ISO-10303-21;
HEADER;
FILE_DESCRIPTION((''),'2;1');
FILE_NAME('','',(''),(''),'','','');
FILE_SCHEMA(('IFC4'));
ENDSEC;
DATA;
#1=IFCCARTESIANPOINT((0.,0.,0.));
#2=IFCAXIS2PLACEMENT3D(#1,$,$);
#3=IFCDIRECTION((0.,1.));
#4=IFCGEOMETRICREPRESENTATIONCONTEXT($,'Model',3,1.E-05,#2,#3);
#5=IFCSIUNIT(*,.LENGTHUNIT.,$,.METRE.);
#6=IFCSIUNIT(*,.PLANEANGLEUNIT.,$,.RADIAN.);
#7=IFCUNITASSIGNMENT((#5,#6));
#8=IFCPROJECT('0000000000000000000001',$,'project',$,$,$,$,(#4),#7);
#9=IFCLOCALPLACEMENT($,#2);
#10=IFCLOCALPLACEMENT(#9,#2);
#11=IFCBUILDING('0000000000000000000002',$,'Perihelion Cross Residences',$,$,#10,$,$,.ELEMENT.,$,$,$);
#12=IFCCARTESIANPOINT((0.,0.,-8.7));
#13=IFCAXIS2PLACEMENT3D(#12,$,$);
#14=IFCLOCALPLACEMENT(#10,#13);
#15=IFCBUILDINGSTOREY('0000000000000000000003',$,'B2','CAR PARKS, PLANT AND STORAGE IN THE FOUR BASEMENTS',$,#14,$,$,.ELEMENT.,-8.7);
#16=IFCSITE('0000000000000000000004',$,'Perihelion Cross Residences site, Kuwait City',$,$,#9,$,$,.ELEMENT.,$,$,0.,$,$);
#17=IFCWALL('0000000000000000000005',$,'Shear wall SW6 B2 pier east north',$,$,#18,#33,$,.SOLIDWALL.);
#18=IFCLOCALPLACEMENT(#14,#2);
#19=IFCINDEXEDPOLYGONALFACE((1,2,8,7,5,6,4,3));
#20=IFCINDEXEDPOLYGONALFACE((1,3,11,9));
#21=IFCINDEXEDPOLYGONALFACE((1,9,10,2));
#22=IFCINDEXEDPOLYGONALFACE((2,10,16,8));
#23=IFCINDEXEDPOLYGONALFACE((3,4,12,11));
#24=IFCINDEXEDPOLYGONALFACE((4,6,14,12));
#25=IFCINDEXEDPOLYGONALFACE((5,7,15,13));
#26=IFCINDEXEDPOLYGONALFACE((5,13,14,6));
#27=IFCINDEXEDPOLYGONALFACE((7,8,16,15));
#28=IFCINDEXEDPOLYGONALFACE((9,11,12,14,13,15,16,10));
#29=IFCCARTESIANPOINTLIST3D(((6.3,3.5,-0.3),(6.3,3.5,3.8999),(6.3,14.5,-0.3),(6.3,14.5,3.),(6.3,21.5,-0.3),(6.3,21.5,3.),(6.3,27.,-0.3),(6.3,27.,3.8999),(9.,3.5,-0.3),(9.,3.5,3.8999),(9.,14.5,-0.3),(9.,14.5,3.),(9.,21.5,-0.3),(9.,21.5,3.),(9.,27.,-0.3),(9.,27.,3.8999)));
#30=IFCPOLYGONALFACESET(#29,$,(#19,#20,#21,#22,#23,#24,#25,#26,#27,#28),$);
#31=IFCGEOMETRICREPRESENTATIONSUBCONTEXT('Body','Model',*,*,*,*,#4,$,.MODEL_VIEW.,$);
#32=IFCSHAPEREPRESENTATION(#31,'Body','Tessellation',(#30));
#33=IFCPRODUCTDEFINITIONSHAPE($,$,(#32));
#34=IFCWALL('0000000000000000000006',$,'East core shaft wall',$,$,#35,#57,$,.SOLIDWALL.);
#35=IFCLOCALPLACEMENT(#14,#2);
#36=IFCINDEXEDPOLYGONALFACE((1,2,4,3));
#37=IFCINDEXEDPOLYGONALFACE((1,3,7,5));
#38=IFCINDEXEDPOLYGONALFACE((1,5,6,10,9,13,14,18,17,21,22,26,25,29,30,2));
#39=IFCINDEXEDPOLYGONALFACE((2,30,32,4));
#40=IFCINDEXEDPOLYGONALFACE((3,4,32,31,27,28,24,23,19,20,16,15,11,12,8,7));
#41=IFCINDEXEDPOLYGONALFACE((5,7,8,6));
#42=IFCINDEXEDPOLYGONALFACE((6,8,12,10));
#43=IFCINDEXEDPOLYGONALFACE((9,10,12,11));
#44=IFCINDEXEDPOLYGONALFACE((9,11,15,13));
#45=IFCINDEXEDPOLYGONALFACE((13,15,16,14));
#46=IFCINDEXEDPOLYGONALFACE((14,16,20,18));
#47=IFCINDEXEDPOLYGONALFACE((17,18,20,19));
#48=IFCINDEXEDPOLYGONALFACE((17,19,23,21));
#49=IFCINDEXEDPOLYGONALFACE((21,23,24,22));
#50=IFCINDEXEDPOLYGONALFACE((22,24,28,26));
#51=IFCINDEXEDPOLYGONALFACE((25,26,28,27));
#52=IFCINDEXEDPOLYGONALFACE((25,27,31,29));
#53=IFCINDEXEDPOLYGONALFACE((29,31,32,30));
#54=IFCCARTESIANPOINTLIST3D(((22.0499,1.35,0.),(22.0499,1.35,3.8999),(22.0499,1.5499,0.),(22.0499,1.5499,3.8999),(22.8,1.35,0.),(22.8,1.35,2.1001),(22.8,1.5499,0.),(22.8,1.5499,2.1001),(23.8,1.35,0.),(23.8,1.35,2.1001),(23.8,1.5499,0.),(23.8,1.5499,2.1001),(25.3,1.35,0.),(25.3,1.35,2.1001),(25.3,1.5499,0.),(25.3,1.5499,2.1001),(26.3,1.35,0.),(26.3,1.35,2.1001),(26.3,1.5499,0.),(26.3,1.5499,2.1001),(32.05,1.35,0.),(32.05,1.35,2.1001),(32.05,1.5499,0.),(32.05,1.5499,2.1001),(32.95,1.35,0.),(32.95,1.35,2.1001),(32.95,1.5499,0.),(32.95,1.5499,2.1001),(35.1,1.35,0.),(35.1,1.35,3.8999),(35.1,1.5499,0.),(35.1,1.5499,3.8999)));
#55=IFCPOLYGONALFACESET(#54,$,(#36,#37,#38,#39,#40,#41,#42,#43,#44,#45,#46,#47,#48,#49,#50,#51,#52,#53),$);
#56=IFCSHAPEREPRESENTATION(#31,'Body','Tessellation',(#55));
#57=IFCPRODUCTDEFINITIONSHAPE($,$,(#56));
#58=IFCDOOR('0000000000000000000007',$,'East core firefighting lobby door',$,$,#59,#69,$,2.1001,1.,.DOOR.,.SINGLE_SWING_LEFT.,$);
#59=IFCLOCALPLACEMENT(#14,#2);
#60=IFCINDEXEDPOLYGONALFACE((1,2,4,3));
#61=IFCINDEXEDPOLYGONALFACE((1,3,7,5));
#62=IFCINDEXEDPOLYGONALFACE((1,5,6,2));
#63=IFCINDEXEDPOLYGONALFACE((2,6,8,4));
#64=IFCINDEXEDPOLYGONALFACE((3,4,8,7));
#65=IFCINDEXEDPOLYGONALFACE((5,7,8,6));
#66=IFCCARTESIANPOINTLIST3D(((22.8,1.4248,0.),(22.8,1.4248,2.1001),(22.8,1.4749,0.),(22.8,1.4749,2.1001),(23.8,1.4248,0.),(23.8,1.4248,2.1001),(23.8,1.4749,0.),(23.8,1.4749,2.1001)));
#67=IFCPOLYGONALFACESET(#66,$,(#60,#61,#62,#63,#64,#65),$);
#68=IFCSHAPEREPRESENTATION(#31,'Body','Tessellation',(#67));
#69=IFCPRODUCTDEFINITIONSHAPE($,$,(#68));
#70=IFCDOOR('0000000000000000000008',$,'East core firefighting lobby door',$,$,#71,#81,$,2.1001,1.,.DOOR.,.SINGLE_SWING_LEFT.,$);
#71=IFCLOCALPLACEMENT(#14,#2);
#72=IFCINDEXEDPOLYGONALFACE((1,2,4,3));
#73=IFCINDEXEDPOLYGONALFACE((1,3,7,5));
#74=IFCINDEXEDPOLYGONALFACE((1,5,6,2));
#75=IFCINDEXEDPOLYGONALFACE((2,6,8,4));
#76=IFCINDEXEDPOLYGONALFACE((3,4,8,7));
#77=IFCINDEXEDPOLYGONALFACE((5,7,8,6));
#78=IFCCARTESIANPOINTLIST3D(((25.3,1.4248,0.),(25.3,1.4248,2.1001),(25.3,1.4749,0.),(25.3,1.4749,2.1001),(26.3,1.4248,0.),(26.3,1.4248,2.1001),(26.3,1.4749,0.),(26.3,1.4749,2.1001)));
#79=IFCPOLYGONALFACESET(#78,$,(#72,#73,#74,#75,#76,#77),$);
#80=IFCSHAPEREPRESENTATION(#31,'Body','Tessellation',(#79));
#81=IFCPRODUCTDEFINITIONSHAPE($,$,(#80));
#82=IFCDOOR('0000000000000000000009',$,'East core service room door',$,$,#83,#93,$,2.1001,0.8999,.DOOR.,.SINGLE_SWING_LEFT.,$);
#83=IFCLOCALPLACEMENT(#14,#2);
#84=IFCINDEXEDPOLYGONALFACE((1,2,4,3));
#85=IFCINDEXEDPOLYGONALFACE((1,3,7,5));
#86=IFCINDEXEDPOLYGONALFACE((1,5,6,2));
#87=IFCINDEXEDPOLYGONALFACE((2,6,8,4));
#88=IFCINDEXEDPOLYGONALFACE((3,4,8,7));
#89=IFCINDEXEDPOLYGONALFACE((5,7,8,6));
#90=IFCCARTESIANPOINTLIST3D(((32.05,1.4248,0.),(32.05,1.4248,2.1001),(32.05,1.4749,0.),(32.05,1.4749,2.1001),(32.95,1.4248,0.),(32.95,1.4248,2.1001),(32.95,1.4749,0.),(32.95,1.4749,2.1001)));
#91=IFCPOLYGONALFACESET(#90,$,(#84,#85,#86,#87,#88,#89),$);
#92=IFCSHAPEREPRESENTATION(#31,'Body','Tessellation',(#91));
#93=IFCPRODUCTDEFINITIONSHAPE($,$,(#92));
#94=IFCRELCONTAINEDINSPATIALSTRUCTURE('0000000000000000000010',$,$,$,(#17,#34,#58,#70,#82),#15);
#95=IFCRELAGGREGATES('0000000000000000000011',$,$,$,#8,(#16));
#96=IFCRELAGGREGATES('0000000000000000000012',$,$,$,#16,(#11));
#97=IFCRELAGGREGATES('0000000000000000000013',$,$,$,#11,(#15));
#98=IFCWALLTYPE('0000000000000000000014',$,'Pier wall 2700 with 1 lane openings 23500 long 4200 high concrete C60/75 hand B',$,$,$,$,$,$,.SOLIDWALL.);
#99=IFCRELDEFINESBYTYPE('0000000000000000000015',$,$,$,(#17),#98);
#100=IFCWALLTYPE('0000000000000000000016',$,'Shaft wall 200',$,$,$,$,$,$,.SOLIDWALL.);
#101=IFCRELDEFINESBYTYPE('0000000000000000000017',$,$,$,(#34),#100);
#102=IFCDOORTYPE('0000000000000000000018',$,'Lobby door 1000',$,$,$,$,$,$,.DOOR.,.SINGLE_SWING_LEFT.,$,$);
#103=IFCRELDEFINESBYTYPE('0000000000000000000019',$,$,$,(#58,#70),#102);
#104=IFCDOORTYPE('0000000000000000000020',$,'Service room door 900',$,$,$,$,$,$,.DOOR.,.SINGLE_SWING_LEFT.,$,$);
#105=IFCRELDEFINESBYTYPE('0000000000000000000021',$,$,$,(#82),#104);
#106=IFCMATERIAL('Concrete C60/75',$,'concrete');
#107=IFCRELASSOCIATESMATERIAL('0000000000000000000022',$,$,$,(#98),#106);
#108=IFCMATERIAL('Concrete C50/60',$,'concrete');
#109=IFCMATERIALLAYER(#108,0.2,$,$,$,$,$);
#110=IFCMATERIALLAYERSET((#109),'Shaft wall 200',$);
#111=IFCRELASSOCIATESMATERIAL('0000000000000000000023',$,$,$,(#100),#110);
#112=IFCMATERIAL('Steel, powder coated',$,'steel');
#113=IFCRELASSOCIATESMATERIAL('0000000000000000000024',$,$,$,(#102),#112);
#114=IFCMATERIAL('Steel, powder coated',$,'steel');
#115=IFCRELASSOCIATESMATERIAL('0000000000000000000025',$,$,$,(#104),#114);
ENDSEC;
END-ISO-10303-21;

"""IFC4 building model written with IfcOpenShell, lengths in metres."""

from ifc_helpers import new_model, si_unit, direction, frame, frame_2d, origin, place, context, subcontext, project, spatial, polyline, rectangle, outline, extrude, material, layer, layer_set, material_profile, profile_set, type_object, element, fill, save


model = new_model("IFC4")

# Units and contexts
model_context = context("Model", 3, precision=1e-05, world=origin(), true_north=direction((0.0, 1.0)))
body_context = subcontext(model_context, "Body", "Model", "MODEL_VIEW")
ifc_project = project(units=[si_unit("LENGTHUNIT", "METRE"), si_unit("PLANEANGLEUNIT", "RADIAN")], contexts=[model_context])

# Site, building, storey
site_placement = place(None, origin())
site = spatial("IfcSite", under=ifc_project, at=site_placement, Name="Perihelion Cross Residences site, Kuwait City", CompositionType="ELEMENT", RefElevation=0.0)
building_placement = place(site_placement, origin())
building = spatial("IfcBuilding", under=site, at=building_placement, Name="Perihelion Cross Residences", CompositionType="ELEMENT")
storey_placement = place(building_placement, frame((0.0, 0.0, -8.7)))
storey = spatial("IfcBuildingStorey", under=building, at=storey_placement, Name="B2", Description="CAR PARKS, PLANT AND STORAGE IN THE FOUR BASEMENTS", CompositionType="ELEMENT", Elevation=-8.7)

# Wall
ifc_material_1 = material(Name="Concrete C60/75", Category="concrete")
ifc_material_profile_1 = material_profile(ifc_material_1, outline(polyline([(0.0, 0.0), (11.0, 0.0), (11.0, 3.3), (18.0, 3.3), (18.0, 0.0), (23.5, 0.0), (23.5, 4.2), (0.0, 4.2), (0.0, 0.0)])), Name="Pier wall")
ifc_profile_set_1 = profile_set([ifc_material_profile_1], Name="Concrete C60/75")
wall_type_1 = type_object("IfcWallType", Name="Pier wall 2700 with 1 lane openings 23500 long 4200 high concrete C60/75 hand B", PredefinedType="SOLIDWALL", material=ifc_profile_set_1)
wall_1_placement = place(storey_placement, frame((6.3, 3.5, -0.3), z_axis=(1.0, 0.0, 0.0), x_axis=(0.0, 1.0, 0.0)))
element("IfcWall", 1, at=wall_1_placement, inside=storey, type_object=wall_type_1, Name="Shear wall SW6 B2 pier east north", PredefinedType="SOLIDWALL", context=body_context, shape_type="SweptSolid", body=[
    extrude(outline(polyline([(0.0, 0.0), (11.0, 0.0), (11.0, 3.3), (18.0, 3.3), (18.0, 0.0), (23.5, 0.0), (23.5, 4.2), (0.0, 4.2), (0.0, 0.0)])), origin(), (0.0, 0.0, 1.0), 2.7),
])

# Wall, openings, doors
ifc_material_2 = material(Name="Concrete C50/60", Category="concrete")
ifc_layer_1 = layer(ifc_material_2, 0.2)
ifc_layer_set_1 = layer_set([ifc_layer_1], Name="Shaft wall 200")
wall_type_2 = type_object("IfcWallType", Name="Shaft wall 200", PredefinedType="SOLIDWALL", material=ifc_layer_set_1)
wall_2_placement = place(storey_placement, frame((22.05, 1.45, 0.0), z_axis=(0.0, 0.0, 1.0), x_axis=(1.0, 0.0, 0.0)))
wall_2 = element("IfcWall", 2, at=wall_2_placement, inside=storey, type_object=wall_type_2, Name="East core shaft wall", PredefinedType="SOLIDWALL", context=body_context, shape_type="SweptSolid", body=[
    extrude(rectangle(XDim=13.05, YDim=0.2, at=frame_2d((6.5249, 0.0))), origin(), (0.0, 0.0, 1.0), 3.8999),
])
opening_1_placement = place(wall_2_placement, frame((0.75, 0.0, 0.0)))
opening_1 = element("IfcOpeningElement", 3, at=opening_1_placement, cuts=wall_2, PredefinedType="OPENING", context=body_context, shape_type="SweptSolid", body=[
    extrude(rectangle(XDim=1.0, YDim=2.1001, at=frame_2d((0.5, 1.05))), frame((0.0, 0.1099, 0.0), z_axis=(0.0, -1.0, 0.0), x_axis=(1.0, 0.0, 0.0)), (0.0, 0.0, 1.0), 0.22),
])
opening_2_placement = place(wall_2_placement, frame((3.25, 0.0, 0.0)))
opening_2 = element("IfcOpeningElement", 4, at=opening_2_placement, cuts=wall_2, PredefinedType="OPENING", context=body_context, shape_type="SweptSolid", body=[
    extrude(rectangle(XDim=1.0, YDim=2.1001, at=frame_2d((0.5, 1.05))), frame((0.0, 0.1099, 0.0), z_axis=(0.0, -1.0, 0.0), x_axis=(1.0, 0.0, 0.0)), (0.0, 0.0, 1.0), 0.22),
])
opening_3_placement = place(wall_2_placement, frame((10.0, 0.0, 0.0)))
opening_3 = element("IfcOpeningElement", 5, at=opening_3_placement, cuts=wall_2, PredefinedType="OPENING", context=body_context, shape_type="SweptSolid", body=[
    extrude(rectangle(XDim=0.8999, YDim=2.1001, at=frame_2d((0.45, 1.05))), frame((0.0, 0.1099, 0.0), z_axis=(0.0, -1.0, 0.0), x_axis=(1.0, 0.0, 0.0)), (0.0, 0.0, 1.0), 0.22),
])
ifc_material_3 = material(Name="Steel, powder coated", Category="steel")
door_type_1 = type_object("IfcDoorType", Name="Lobby door 1000", OperationType="SINGLE_SWING_LEFT", PredefinedType="DOOR", material=ifc_material_3)
door_1_placement = place(opening_1_placement, origin())
door_1 = element("IfcDoor", 6, at=door_1_placement, inside=storey, type_object=door_type_1, Name="East core firefighting lobby door", OperationType="SINGLE_SWING_LEFT", OverallHeight=2.1001, OverallWidth=1.0, PredefinedType="DOOR", context=body_context, shape_type="SweptSolid", body=[
    extrude(rectangle(XDim=1.0, YDim=2.1001, at=frame_2d((0.5, 1.05))), frame((0.0, 0.0249, 0.0), z_axis=(0.0, -1.0, 0.0), x_axis=(1.0, 0.0, 0.0)), (0.0, 0.0, 1.0), 0.05),
])
fill(opening_1, door_1)
door_2_placement = place(opening_2_placement, origin())
door_2 = element("IfcDoor", 7, at=door_2_placement, inside=storey, type_object=door_type_1, Name="East core firefighting lobby door", OperationType="SINGLE_SWING_LEFT", OverallHeight=2.1001, OverallWidth=1.0, PredefinedType="DOOR", context=body_context, shape_type="SweptSolid", body=[
    extrude(rectangle(XDim=1.0, YDim=2.1001, at=frame_2d((0.5, 1.05))), frame((0.0, 0.0249, 0.0), z_axis=(0.0, -1.0, 0.0), x_axis=(1.0, 0.0, 0.0)), (0.0, 0.0, 1.0), 0.05),
])
fill(opening_2, door_2)
ifc_material_4 = material(Name="Steel, powder coated", Category="steel")
door_type_2 = type_object("IfcDoorType", Name="Service room door 900", OperationType="SINGLE_SWING_LEFT", PredefinedType="DOOR", material=ifc_material_4)
door_3_placement = place(opening_3_placement, origin())
door_3 = element("IfcDoor", 8, at=door_3_placement, inside=storey, type_object=door_type_2, Name="East core service room door", OperationType="SINGLE_SWING_LEFT", OverallHeight=2.1001, OverallWidth=0.8999, PredefinedType="DOOR", context=body_context, shape_type="SweptSolid", body=[
    extrude(rectangle(XDim=0.8999, YDim=2.1001, at=frame_2d((0.45, 1.05))), frame((0.0, 0.0249, 0.0), z_axis=(0.0, -1.0, 0.0), x_axis=(1.0, 0.0, 0.0)), (0.0, 0.0, 1.0), 0.05),
])
fill(opening_3, door_3)

save(model, "model.ifc")
